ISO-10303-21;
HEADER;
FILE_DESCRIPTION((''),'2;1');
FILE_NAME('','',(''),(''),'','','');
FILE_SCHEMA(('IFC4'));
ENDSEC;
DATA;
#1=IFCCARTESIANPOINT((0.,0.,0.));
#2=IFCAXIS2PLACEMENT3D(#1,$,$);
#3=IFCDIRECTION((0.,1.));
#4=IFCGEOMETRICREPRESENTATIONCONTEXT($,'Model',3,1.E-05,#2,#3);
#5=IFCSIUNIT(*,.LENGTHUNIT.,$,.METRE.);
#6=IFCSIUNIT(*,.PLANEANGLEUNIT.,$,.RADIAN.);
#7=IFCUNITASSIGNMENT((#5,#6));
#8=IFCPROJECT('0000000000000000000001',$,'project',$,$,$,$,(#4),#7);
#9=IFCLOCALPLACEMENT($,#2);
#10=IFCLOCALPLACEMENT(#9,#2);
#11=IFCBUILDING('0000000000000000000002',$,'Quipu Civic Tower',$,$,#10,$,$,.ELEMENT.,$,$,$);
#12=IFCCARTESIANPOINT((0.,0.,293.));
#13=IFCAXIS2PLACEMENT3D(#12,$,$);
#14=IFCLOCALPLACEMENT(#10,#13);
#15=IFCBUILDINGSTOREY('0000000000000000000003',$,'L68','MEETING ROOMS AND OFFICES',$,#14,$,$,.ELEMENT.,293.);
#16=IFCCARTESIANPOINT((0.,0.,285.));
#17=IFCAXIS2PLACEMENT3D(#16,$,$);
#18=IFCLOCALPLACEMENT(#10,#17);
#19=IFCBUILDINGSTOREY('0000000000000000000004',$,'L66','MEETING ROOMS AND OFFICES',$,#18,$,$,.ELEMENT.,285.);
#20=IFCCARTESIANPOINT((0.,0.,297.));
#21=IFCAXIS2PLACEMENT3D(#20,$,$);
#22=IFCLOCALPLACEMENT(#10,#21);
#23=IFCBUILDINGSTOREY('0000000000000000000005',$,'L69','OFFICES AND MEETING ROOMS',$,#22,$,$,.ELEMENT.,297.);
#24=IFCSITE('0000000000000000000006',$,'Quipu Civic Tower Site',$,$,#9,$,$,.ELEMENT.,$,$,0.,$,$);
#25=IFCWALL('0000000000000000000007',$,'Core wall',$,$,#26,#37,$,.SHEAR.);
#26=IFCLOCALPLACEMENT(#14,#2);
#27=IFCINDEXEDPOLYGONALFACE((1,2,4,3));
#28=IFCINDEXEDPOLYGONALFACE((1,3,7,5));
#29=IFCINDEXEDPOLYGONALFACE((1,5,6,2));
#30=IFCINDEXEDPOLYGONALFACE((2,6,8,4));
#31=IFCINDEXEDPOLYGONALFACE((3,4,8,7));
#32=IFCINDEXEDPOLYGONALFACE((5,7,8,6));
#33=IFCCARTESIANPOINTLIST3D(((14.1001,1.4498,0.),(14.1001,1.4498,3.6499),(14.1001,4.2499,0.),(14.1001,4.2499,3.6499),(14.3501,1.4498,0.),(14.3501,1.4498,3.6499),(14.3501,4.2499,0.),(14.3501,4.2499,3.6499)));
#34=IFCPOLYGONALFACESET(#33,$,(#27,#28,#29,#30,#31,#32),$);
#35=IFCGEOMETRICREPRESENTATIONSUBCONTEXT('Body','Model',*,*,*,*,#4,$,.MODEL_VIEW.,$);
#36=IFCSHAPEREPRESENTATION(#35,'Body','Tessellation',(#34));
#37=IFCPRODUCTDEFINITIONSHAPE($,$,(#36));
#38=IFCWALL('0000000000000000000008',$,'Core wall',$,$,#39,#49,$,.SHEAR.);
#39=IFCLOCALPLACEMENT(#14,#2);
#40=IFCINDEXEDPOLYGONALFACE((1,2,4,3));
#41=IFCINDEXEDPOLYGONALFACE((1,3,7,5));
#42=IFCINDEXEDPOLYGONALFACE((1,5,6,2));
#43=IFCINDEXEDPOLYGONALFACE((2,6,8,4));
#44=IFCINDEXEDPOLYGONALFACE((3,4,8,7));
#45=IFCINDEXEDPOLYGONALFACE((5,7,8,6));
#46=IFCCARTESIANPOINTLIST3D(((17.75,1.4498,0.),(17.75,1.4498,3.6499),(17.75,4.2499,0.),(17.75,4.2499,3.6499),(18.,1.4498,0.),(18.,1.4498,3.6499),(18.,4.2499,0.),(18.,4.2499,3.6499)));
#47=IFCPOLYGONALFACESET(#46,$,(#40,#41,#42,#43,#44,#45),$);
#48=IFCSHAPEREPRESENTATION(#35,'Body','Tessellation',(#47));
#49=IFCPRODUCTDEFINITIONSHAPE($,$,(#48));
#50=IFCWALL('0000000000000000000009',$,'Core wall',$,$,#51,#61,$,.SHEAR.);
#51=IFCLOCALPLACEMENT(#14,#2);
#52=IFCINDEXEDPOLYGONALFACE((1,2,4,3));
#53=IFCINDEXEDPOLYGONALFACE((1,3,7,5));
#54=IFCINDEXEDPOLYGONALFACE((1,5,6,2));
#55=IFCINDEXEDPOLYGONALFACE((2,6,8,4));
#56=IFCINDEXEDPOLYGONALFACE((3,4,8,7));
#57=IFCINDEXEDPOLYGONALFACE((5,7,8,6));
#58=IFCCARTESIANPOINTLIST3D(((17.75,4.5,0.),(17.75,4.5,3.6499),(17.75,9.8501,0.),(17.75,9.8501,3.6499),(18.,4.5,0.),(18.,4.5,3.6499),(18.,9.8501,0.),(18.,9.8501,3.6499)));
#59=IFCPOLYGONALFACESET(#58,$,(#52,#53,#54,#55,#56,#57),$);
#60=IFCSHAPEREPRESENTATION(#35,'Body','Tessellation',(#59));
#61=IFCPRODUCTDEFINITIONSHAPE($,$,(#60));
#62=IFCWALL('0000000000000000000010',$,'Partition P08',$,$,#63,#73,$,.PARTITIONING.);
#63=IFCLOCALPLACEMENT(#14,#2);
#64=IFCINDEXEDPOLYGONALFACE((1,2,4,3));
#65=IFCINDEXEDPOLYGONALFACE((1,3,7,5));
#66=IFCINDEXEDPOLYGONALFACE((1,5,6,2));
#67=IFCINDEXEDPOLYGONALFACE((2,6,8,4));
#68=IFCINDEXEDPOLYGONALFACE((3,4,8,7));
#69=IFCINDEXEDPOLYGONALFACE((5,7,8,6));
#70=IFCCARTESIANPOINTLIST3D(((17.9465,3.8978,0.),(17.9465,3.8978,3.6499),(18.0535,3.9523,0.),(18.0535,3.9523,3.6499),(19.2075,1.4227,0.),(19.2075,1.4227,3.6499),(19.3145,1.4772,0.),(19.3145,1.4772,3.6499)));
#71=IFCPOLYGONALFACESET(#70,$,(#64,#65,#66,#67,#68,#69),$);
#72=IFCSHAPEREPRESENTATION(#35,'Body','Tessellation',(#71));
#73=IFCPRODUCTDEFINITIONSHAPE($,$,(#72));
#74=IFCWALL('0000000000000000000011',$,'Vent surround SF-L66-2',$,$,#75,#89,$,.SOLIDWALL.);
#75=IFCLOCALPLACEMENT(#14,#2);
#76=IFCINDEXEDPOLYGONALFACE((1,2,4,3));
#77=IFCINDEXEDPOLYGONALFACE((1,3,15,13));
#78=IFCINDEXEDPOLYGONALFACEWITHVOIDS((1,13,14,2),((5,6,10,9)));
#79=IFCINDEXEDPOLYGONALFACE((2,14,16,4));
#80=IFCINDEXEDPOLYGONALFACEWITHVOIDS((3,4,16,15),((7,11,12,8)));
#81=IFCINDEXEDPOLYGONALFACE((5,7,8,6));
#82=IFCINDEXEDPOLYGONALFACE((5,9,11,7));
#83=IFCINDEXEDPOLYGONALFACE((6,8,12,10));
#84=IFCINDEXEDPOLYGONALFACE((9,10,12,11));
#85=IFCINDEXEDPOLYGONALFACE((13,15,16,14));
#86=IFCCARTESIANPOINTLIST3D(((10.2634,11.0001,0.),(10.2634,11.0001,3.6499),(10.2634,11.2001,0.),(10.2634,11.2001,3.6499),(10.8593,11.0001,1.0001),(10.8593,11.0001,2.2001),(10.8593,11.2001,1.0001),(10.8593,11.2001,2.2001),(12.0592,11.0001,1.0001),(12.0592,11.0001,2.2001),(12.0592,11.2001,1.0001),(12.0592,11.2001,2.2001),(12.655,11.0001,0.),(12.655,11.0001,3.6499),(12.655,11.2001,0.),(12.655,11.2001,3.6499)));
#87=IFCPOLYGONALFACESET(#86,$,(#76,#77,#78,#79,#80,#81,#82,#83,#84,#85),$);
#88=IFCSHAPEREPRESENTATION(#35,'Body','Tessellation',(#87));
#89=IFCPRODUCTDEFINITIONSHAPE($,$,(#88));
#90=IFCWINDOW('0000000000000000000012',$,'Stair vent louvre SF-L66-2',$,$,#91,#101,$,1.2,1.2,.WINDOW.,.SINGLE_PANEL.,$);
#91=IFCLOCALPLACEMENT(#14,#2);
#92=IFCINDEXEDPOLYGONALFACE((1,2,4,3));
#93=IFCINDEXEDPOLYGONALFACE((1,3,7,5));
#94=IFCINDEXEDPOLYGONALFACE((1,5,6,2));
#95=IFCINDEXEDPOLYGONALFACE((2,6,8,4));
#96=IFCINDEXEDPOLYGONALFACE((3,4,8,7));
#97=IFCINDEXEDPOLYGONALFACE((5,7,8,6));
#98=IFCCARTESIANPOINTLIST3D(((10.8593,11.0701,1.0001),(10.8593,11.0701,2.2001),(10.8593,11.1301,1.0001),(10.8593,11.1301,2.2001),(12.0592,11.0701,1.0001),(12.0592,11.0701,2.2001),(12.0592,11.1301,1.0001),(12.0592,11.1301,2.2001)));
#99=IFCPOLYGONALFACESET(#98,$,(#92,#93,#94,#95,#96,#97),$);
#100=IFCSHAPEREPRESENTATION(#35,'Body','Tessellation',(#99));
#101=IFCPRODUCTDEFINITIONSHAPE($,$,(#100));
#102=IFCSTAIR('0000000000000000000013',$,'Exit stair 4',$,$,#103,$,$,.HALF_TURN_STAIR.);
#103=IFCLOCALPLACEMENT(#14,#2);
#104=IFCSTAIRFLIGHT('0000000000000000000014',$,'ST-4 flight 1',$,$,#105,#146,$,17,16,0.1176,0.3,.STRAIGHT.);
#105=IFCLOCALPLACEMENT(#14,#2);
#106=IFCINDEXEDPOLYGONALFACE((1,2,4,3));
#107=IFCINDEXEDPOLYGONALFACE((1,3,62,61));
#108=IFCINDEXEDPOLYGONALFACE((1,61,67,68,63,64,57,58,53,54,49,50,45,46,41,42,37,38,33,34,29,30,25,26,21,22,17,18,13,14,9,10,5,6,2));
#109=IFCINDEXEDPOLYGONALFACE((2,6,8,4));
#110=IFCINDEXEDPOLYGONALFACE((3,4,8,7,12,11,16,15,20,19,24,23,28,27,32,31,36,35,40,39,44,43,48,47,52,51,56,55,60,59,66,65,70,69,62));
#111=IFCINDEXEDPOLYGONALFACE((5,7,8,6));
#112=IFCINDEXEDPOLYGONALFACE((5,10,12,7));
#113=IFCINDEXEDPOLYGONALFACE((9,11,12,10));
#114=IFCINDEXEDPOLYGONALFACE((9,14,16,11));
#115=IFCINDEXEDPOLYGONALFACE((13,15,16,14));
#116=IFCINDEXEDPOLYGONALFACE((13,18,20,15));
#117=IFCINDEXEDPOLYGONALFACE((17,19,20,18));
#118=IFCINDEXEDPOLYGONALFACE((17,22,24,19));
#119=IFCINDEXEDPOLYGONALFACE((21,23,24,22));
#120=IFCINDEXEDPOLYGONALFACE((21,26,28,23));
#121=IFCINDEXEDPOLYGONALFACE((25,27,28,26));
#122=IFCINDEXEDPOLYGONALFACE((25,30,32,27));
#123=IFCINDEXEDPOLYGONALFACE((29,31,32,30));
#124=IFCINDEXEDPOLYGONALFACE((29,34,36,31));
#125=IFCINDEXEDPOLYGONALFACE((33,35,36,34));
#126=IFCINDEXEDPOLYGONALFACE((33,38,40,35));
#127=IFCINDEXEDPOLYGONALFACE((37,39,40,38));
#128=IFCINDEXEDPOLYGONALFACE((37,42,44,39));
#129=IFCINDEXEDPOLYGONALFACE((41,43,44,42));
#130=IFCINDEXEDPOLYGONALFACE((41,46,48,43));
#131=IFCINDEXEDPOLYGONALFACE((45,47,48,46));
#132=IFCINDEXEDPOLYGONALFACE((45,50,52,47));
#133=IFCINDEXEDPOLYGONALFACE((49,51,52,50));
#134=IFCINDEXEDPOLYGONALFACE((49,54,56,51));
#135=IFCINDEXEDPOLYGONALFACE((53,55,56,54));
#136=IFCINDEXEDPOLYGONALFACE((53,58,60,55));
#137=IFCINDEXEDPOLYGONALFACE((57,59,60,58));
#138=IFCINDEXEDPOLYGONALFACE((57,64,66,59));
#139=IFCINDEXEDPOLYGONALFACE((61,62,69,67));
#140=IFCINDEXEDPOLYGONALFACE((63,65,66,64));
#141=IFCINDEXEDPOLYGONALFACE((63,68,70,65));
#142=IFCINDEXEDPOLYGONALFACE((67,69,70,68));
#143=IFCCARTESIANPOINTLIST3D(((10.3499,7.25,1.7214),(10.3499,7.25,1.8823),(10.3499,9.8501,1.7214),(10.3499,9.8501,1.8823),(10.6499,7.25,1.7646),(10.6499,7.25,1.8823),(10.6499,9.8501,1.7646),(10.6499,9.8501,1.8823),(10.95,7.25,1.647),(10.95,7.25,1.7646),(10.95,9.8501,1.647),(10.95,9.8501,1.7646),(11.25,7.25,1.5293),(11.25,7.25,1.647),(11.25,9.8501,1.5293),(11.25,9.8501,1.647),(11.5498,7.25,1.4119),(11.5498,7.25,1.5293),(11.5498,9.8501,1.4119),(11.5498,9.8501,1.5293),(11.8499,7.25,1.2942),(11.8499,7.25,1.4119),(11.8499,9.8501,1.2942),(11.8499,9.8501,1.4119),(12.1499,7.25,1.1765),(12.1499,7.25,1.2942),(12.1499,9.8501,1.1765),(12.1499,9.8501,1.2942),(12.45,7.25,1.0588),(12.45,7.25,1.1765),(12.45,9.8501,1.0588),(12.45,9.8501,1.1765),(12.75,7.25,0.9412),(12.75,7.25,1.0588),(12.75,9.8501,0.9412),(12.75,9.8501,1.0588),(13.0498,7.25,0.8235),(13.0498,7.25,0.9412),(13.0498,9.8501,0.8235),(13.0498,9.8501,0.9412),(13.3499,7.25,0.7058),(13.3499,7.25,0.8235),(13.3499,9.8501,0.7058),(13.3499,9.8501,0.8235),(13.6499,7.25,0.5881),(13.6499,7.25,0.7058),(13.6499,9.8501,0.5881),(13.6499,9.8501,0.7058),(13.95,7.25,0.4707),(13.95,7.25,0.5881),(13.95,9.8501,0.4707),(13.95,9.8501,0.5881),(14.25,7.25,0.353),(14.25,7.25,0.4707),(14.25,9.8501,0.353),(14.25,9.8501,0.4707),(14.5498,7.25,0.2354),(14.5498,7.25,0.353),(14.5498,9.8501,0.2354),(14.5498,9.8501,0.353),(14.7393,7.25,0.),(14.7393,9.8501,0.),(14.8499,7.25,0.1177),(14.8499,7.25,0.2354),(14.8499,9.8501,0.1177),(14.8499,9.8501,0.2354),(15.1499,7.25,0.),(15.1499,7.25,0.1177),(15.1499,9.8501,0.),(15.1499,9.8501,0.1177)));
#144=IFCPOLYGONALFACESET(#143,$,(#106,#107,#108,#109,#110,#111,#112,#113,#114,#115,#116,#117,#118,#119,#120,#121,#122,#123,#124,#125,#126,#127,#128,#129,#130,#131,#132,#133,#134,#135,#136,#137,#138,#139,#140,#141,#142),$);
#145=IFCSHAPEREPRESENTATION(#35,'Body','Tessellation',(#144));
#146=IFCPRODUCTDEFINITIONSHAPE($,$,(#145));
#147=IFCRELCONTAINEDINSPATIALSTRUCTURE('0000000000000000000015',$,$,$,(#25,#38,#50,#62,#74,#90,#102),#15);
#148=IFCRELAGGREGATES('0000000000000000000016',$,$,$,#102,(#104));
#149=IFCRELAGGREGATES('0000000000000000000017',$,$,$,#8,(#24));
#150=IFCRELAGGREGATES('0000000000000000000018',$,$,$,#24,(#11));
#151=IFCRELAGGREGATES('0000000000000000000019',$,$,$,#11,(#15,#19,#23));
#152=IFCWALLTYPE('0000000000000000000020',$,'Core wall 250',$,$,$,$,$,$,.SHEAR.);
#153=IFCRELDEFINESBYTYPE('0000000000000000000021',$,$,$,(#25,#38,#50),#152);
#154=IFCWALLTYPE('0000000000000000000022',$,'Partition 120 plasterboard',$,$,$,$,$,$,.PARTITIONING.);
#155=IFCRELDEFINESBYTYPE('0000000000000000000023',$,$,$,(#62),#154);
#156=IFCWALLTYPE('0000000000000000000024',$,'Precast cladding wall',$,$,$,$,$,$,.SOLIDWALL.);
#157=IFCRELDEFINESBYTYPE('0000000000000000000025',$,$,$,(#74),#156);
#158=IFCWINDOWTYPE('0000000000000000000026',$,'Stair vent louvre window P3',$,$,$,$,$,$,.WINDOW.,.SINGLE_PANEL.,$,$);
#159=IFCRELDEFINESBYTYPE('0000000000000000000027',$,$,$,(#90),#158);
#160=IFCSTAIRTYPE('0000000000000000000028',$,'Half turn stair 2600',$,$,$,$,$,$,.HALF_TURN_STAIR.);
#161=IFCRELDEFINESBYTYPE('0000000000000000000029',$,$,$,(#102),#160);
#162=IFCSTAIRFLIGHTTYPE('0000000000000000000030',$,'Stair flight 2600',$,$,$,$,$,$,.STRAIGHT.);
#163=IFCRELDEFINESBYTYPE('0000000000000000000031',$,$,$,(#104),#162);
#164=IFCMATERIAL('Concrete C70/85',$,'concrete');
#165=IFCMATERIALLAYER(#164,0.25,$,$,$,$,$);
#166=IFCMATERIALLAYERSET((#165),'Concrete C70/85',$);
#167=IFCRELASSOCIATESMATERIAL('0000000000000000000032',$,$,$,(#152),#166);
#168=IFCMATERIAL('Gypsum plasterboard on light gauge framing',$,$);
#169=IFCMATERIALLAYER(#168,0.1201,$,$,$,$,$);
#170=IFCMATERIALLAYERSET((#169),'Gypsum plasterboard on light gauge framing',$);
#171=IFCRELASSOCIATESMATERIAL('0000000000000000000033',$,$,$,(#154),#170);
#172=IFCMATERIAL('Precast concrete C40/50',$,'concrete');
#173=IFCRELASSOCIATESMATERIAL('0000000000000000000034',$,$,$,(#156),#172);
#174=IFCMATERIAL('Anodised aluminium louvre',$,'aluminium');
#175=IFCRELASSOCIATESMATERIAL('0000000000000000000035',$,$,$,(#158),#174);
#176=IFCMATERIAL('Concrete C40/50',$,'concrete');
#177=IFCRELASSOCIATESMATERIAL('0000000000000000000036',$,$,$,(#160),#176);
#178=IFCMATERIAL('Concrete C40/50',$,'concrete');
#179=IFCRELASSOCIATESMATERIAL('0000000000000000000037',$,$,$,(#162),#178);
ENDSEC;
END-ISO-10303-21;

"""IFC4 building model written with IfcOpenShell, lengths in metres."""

from ifc_helpers import new_model, si_unit, direction, frame, frame_2d, origin, place, context, subcontext, project, spatial, polyline, rectangle, outline, extrude, material, layer, layer_set, type_object, element, fill, aggregate, save


model = new_model("IFC4")

# Units and contexts
model_context = context("Model", 3, precision=1e-05, world=origin(), true_north=direction((0.0, 1.0)))
body_context = subcontext(model_context, "Body", "Model", "MODEL_VIEW")
ifc_project = project(units=[si_unit("LENGTHUNIT", "METRE"), si_unit("PLANEANGLEUNIT", "RADIAN")], contexts=[model_context])

# Site, building, storey
site_placement = place(None, origin())
site = spatial("IfcSite", under=ifc_project, at=site_placement, Name="Quipu Civic Tower Site", CompositionType="ELEMENT", RefElevation=0.0)
building_placement = place(site_placement, origin())
building = spatial("IfcBuilding", under=site, at=building_placement, Name="Quipu Civic Tower", CompositionType="ELEMENT")
storey_1_placement = place(building_placement, frame((0.0, 0.0, 293.0)))
storey_1 = spatial("IfcBuildingStorey", under=building, at=storey_1_placement, Name="L68", Description="MEETING ROOMS AND OFFICES", CompositionType="ELEMENT", Elevation=293.0)

# Shared definitions
storey_2_placement = place(building_placement, frame((0.0, 0.0, 285.0)))
storey_2 = spatial("IfcBuildingStorey", under=building, at=storey_2_placement, Name="L66", Description="MEETING ROOMS AND OFFICES", CompositionType="ELEMENT", Elevation=285.0)

# Shared definitions
storey_3_placement = place(building_placement, frame((0.0, 0.0, 297.0)))
storey_3 = spatial("IfcBuildingStorey", under=building, at=storey_3_placement, Name="L69", Description="OFFICES AND MEETING ROOMS", CompositionType="ELEMENT", Elevation=297.0)

# Shared definitions
ifc_material_1 = material(Name="Concrete C70/85", Category="concrete")
ifc_layer_1 = layer(ifc_material_1, 0.25)
ifc_layer_set_1 = layer_set([ifc_layer_1], Name="Concrete C70/85")
wall_type_1 = type_object("IfcWallType", Name="Core wall 250", PredefinedType="SHEAR", material=ifc_layer_set_1)

# Walls
for number, where, z_axis, x_axis, name in (
    (1, (14.2251, 1.45, 0.0), (0.0, 0.0, 1.0), (0.0, 1.0, 0.0), "Core wall"),
    (2, (17.875, 1.45, 0.0), (0.0, 0.0, 1.0), (0.0, 1.0, 0.0), "Core wall"),
):
    element("IfcWall", number, at=place(storey_1_placement, frame(where, z_axis=z_axis, x_axis=x_axis)), inside=storey_1, type_object=wall_type_1, Name=name, PredefinedType="SHEAR", context=body_context, shape_type="SweptSolid", body=[
        extrude(rectangle(XDim=2.8, YDim=0.25, at=frame_2d((1.3999, 0.0))), origin(), (0.0, 0.0, 1.0), 3.6499),
    ])
wall_1_placement = place(storey_1_placement, frame((17.875, 4.5, 0.0), z_axis=(0.0, 0.0, 1.0), x_axis=(0.0, 1.0, 0.0)))
element("IfcWall", 3, at=wall_1_placement, inside=storey_1, type_object=wall_type_1, Name="Core wall", PredefinedType="SHEAR", context=body_context, shape_type="SweptSolid", body=[
    extrude(rectangle(XDim=5.3501, YDim=0.25, at=frame_2d((2.675, 0.0))), origin(), (0.0, 0.0, 1.0), 3.6499),
])
ifc_material_2 = material(Name="Gypsum plasterboard on light gauge framing")
ifc_layer_2 = layer(ifc_material_2, 0.1201)
ifc_layer_set_2 = layer_set([ifc_layer_2], Name="Gypsum plasterboard on light gauge framing")
wall_type_2 = type_object("IfcWallType", Name="Partition 120 plasterboard", PredefinedType="PARTITIONING", material=ifc_layer_set_2)
wall_2_placement = place(storey_1_placement, frame((18.0, 3.925, 0.0), z_axis=(0.0, 0.0, 1.0), x_axis=(0.453951, -0.891027, 0.0)))
element("IfcWall", 4, at=wall_2_placement, inside=storey_1, type_object=wall_type_2, Name="Partition P08", PredefinedType="PARTITIONING", context=body_context, shape_type="SweptSolid", body=[
    extrude(rectangle(XDim=2.7778, YDim=0.1201, at=frame_2d((1.3889, 0.0))), origin(), (0.0, 0.0, 1.0), 3.6499),
])

# Wall, opening, window
ifc_material_3 = material(Name="Precast concrete C40/50", Category="concrete")
wall_type_3 = type_object("IfcWallType", Name="Precast cladding wall", PredefinedType="SOLIDWALL", material=ifc_material_3)
wall_3_placement = place(storey_1_placement, frame((12.655, 11.1001, 0.0), z_axis=(0.0, 0.0, 1.0), x_axis=(-1.0, 0.0, 0.0)))
wall_3 = element("IfcWall", 5, at=wall_3_placement, inside=storey_1, type_object=wall_type_3, Name="Vent surround SF-L66-2", PredefinedType="SOLIDWALL", context=body_context, shape_type="SweptSolid", body=[
    extrude(rectangle(XDim=2.3916, YDim=0.2, at=frame_2d((1.1958, 0.0))), origin(), (0.0, 0.0, 1.0), 3.6499),
])
opening_1_placement = place(wall_3_placement, frame((0.5957, 0.0, 1.0)))
opening_1 = element("IfcOpeningElement", 6, at=opening_1_placement, cuts=wall_3, PredefinedType="OPENING", context=body_context, shape_type="SweptSolid", body=[
    extrude(rectangle(XDim=1.2, YDim=1.2, at=frame_2d((0.6001, 0.6001))), frame((0.0, 0.1099, 0.0), z_axis=(0.0, -1.0, 0.0), x_axis=(1.0, 0.0, 0.0)), (0.0, 0.0, 1.0), 0.22),
])
ifc_material_4 = material(Name="Anodised aluminium louvre", Category="aluminium")
window_type = type_object("IfcWindowType", Name="Stair vent louvre window P3", PartitioningType="SINGLE_PANEL", PredefinedType="WINDOW", material=ifc_material_4)
window_placement = place(opening_1_placement, origin())
window = element("IfcWindow", 7, at=window_placement, inside=storey_1, type_object=window_type, Name="Stair vent louvre SF-L66-2", OverallHeight=1.2, OverallWidth=1.2, PartitioningType="SINGLE_PANEL", PredefinedType="WINDOW", context=body_context, shape_type="SweptSolid", body=[
    extrude(rectangle(XDim=1.2, YDim=1.2, at=frame_2d((0.6001, 0.6001))), frame((0.0, 0.03, 0.0), z_axis=(0.0, -1.0, 0.0), x_axis=(1.0, 0.0, 0.0)), (0.0, 0.0, 1.0), 0.0601),
])
fill(opening_1, window)

# Stair, stair flight
ifc_material_5 = material(Name="Concrete C40/50", Category="concrete")
stair_type = type_object("IfcStairType", Name="Half turn stair 2600", PredefinedType="HALF_TURN_STAIR", material=ifc_material_5)
stair_placement = place(storey_1_placement, origin())
stair = element("IfcStair", 8, at=stair_placement, inside=storey_1, type_object=stair_type, Name="Exit stair 4", PredefinedType="HALF_TURN_STAIR")
ifc_material_6 = material(Name="Concrete C40/50", Category="concrete")
stair_flight_type = type_object("IfcStairFlightType", Name="Stair flight 2600", PredefinedType="STRAIGHT", material=ifc_material_6)
stair_flight_placement = place(storey_1_placement, frame((15.1499, 8.55, 0.0), z_axis=(0.0, 0.0, 1.0), x_axis=(-1.0, 0.0, 0.0)))
stair_flight = element("IfcStairFlight", 9, at=stair_flight_placement, type_object=stair_flight_type, Name="ST-4 flight 1", NumberOfRisers=17, NumberOfTreads=16, PredefinedType="STRAIGHT", RiserHeight=0.1176, TreadLength=0.3, context=body_context, shape_type="SweptSolid", body=[
    extrude(outline(polyline([(0.0, 0.0), (0.0, 0.1177), (0.3, 0.1177), (0.3, 0.2354), (0.6001, 0.2354), (0.6001, 0.353), (0.8999, 0.353), (0.8999, 0.4707), (1.2, 0.4707), (1.2, 0.5881), (1.5, 0.5881), (1.5, 0.7058), (1.8, 0.7058), (1.8, 0.8235), (2.1001, 0.8235), (2.1001, 0.9412), (2.3999, 0.9412), (2.3999, 1.0588), (2.7, 1.0588), (2.7, 1.1765), (3.0, 1.1765), (3.0, 1.2942), (3.3, 1.2942), (3.3, 1.4119), (3.6001, 1.4119), (3.6001, 1.5293), (3.8999, 1.5293), (3.8999, 1.647), (4.2, 1.647), (4.2, 1.7646), (4.5, 1.7646), (4.5, 1.8823), (4.8, 1.8823), (4.8, 2.0), (4.8, 1.7214), (0.4106, 0.0), (0.0, 0.0)])), frame((0.0, 1.3, 0.0), z_axis=(0.0, -1.0, 0.0), x_axis=(1.0, 0.0, 0.0)), (0.0, 0.0, 1.0), 2.6001),
])
aggregate(stair, [stair_flight])

save(model, "model.ifc")
